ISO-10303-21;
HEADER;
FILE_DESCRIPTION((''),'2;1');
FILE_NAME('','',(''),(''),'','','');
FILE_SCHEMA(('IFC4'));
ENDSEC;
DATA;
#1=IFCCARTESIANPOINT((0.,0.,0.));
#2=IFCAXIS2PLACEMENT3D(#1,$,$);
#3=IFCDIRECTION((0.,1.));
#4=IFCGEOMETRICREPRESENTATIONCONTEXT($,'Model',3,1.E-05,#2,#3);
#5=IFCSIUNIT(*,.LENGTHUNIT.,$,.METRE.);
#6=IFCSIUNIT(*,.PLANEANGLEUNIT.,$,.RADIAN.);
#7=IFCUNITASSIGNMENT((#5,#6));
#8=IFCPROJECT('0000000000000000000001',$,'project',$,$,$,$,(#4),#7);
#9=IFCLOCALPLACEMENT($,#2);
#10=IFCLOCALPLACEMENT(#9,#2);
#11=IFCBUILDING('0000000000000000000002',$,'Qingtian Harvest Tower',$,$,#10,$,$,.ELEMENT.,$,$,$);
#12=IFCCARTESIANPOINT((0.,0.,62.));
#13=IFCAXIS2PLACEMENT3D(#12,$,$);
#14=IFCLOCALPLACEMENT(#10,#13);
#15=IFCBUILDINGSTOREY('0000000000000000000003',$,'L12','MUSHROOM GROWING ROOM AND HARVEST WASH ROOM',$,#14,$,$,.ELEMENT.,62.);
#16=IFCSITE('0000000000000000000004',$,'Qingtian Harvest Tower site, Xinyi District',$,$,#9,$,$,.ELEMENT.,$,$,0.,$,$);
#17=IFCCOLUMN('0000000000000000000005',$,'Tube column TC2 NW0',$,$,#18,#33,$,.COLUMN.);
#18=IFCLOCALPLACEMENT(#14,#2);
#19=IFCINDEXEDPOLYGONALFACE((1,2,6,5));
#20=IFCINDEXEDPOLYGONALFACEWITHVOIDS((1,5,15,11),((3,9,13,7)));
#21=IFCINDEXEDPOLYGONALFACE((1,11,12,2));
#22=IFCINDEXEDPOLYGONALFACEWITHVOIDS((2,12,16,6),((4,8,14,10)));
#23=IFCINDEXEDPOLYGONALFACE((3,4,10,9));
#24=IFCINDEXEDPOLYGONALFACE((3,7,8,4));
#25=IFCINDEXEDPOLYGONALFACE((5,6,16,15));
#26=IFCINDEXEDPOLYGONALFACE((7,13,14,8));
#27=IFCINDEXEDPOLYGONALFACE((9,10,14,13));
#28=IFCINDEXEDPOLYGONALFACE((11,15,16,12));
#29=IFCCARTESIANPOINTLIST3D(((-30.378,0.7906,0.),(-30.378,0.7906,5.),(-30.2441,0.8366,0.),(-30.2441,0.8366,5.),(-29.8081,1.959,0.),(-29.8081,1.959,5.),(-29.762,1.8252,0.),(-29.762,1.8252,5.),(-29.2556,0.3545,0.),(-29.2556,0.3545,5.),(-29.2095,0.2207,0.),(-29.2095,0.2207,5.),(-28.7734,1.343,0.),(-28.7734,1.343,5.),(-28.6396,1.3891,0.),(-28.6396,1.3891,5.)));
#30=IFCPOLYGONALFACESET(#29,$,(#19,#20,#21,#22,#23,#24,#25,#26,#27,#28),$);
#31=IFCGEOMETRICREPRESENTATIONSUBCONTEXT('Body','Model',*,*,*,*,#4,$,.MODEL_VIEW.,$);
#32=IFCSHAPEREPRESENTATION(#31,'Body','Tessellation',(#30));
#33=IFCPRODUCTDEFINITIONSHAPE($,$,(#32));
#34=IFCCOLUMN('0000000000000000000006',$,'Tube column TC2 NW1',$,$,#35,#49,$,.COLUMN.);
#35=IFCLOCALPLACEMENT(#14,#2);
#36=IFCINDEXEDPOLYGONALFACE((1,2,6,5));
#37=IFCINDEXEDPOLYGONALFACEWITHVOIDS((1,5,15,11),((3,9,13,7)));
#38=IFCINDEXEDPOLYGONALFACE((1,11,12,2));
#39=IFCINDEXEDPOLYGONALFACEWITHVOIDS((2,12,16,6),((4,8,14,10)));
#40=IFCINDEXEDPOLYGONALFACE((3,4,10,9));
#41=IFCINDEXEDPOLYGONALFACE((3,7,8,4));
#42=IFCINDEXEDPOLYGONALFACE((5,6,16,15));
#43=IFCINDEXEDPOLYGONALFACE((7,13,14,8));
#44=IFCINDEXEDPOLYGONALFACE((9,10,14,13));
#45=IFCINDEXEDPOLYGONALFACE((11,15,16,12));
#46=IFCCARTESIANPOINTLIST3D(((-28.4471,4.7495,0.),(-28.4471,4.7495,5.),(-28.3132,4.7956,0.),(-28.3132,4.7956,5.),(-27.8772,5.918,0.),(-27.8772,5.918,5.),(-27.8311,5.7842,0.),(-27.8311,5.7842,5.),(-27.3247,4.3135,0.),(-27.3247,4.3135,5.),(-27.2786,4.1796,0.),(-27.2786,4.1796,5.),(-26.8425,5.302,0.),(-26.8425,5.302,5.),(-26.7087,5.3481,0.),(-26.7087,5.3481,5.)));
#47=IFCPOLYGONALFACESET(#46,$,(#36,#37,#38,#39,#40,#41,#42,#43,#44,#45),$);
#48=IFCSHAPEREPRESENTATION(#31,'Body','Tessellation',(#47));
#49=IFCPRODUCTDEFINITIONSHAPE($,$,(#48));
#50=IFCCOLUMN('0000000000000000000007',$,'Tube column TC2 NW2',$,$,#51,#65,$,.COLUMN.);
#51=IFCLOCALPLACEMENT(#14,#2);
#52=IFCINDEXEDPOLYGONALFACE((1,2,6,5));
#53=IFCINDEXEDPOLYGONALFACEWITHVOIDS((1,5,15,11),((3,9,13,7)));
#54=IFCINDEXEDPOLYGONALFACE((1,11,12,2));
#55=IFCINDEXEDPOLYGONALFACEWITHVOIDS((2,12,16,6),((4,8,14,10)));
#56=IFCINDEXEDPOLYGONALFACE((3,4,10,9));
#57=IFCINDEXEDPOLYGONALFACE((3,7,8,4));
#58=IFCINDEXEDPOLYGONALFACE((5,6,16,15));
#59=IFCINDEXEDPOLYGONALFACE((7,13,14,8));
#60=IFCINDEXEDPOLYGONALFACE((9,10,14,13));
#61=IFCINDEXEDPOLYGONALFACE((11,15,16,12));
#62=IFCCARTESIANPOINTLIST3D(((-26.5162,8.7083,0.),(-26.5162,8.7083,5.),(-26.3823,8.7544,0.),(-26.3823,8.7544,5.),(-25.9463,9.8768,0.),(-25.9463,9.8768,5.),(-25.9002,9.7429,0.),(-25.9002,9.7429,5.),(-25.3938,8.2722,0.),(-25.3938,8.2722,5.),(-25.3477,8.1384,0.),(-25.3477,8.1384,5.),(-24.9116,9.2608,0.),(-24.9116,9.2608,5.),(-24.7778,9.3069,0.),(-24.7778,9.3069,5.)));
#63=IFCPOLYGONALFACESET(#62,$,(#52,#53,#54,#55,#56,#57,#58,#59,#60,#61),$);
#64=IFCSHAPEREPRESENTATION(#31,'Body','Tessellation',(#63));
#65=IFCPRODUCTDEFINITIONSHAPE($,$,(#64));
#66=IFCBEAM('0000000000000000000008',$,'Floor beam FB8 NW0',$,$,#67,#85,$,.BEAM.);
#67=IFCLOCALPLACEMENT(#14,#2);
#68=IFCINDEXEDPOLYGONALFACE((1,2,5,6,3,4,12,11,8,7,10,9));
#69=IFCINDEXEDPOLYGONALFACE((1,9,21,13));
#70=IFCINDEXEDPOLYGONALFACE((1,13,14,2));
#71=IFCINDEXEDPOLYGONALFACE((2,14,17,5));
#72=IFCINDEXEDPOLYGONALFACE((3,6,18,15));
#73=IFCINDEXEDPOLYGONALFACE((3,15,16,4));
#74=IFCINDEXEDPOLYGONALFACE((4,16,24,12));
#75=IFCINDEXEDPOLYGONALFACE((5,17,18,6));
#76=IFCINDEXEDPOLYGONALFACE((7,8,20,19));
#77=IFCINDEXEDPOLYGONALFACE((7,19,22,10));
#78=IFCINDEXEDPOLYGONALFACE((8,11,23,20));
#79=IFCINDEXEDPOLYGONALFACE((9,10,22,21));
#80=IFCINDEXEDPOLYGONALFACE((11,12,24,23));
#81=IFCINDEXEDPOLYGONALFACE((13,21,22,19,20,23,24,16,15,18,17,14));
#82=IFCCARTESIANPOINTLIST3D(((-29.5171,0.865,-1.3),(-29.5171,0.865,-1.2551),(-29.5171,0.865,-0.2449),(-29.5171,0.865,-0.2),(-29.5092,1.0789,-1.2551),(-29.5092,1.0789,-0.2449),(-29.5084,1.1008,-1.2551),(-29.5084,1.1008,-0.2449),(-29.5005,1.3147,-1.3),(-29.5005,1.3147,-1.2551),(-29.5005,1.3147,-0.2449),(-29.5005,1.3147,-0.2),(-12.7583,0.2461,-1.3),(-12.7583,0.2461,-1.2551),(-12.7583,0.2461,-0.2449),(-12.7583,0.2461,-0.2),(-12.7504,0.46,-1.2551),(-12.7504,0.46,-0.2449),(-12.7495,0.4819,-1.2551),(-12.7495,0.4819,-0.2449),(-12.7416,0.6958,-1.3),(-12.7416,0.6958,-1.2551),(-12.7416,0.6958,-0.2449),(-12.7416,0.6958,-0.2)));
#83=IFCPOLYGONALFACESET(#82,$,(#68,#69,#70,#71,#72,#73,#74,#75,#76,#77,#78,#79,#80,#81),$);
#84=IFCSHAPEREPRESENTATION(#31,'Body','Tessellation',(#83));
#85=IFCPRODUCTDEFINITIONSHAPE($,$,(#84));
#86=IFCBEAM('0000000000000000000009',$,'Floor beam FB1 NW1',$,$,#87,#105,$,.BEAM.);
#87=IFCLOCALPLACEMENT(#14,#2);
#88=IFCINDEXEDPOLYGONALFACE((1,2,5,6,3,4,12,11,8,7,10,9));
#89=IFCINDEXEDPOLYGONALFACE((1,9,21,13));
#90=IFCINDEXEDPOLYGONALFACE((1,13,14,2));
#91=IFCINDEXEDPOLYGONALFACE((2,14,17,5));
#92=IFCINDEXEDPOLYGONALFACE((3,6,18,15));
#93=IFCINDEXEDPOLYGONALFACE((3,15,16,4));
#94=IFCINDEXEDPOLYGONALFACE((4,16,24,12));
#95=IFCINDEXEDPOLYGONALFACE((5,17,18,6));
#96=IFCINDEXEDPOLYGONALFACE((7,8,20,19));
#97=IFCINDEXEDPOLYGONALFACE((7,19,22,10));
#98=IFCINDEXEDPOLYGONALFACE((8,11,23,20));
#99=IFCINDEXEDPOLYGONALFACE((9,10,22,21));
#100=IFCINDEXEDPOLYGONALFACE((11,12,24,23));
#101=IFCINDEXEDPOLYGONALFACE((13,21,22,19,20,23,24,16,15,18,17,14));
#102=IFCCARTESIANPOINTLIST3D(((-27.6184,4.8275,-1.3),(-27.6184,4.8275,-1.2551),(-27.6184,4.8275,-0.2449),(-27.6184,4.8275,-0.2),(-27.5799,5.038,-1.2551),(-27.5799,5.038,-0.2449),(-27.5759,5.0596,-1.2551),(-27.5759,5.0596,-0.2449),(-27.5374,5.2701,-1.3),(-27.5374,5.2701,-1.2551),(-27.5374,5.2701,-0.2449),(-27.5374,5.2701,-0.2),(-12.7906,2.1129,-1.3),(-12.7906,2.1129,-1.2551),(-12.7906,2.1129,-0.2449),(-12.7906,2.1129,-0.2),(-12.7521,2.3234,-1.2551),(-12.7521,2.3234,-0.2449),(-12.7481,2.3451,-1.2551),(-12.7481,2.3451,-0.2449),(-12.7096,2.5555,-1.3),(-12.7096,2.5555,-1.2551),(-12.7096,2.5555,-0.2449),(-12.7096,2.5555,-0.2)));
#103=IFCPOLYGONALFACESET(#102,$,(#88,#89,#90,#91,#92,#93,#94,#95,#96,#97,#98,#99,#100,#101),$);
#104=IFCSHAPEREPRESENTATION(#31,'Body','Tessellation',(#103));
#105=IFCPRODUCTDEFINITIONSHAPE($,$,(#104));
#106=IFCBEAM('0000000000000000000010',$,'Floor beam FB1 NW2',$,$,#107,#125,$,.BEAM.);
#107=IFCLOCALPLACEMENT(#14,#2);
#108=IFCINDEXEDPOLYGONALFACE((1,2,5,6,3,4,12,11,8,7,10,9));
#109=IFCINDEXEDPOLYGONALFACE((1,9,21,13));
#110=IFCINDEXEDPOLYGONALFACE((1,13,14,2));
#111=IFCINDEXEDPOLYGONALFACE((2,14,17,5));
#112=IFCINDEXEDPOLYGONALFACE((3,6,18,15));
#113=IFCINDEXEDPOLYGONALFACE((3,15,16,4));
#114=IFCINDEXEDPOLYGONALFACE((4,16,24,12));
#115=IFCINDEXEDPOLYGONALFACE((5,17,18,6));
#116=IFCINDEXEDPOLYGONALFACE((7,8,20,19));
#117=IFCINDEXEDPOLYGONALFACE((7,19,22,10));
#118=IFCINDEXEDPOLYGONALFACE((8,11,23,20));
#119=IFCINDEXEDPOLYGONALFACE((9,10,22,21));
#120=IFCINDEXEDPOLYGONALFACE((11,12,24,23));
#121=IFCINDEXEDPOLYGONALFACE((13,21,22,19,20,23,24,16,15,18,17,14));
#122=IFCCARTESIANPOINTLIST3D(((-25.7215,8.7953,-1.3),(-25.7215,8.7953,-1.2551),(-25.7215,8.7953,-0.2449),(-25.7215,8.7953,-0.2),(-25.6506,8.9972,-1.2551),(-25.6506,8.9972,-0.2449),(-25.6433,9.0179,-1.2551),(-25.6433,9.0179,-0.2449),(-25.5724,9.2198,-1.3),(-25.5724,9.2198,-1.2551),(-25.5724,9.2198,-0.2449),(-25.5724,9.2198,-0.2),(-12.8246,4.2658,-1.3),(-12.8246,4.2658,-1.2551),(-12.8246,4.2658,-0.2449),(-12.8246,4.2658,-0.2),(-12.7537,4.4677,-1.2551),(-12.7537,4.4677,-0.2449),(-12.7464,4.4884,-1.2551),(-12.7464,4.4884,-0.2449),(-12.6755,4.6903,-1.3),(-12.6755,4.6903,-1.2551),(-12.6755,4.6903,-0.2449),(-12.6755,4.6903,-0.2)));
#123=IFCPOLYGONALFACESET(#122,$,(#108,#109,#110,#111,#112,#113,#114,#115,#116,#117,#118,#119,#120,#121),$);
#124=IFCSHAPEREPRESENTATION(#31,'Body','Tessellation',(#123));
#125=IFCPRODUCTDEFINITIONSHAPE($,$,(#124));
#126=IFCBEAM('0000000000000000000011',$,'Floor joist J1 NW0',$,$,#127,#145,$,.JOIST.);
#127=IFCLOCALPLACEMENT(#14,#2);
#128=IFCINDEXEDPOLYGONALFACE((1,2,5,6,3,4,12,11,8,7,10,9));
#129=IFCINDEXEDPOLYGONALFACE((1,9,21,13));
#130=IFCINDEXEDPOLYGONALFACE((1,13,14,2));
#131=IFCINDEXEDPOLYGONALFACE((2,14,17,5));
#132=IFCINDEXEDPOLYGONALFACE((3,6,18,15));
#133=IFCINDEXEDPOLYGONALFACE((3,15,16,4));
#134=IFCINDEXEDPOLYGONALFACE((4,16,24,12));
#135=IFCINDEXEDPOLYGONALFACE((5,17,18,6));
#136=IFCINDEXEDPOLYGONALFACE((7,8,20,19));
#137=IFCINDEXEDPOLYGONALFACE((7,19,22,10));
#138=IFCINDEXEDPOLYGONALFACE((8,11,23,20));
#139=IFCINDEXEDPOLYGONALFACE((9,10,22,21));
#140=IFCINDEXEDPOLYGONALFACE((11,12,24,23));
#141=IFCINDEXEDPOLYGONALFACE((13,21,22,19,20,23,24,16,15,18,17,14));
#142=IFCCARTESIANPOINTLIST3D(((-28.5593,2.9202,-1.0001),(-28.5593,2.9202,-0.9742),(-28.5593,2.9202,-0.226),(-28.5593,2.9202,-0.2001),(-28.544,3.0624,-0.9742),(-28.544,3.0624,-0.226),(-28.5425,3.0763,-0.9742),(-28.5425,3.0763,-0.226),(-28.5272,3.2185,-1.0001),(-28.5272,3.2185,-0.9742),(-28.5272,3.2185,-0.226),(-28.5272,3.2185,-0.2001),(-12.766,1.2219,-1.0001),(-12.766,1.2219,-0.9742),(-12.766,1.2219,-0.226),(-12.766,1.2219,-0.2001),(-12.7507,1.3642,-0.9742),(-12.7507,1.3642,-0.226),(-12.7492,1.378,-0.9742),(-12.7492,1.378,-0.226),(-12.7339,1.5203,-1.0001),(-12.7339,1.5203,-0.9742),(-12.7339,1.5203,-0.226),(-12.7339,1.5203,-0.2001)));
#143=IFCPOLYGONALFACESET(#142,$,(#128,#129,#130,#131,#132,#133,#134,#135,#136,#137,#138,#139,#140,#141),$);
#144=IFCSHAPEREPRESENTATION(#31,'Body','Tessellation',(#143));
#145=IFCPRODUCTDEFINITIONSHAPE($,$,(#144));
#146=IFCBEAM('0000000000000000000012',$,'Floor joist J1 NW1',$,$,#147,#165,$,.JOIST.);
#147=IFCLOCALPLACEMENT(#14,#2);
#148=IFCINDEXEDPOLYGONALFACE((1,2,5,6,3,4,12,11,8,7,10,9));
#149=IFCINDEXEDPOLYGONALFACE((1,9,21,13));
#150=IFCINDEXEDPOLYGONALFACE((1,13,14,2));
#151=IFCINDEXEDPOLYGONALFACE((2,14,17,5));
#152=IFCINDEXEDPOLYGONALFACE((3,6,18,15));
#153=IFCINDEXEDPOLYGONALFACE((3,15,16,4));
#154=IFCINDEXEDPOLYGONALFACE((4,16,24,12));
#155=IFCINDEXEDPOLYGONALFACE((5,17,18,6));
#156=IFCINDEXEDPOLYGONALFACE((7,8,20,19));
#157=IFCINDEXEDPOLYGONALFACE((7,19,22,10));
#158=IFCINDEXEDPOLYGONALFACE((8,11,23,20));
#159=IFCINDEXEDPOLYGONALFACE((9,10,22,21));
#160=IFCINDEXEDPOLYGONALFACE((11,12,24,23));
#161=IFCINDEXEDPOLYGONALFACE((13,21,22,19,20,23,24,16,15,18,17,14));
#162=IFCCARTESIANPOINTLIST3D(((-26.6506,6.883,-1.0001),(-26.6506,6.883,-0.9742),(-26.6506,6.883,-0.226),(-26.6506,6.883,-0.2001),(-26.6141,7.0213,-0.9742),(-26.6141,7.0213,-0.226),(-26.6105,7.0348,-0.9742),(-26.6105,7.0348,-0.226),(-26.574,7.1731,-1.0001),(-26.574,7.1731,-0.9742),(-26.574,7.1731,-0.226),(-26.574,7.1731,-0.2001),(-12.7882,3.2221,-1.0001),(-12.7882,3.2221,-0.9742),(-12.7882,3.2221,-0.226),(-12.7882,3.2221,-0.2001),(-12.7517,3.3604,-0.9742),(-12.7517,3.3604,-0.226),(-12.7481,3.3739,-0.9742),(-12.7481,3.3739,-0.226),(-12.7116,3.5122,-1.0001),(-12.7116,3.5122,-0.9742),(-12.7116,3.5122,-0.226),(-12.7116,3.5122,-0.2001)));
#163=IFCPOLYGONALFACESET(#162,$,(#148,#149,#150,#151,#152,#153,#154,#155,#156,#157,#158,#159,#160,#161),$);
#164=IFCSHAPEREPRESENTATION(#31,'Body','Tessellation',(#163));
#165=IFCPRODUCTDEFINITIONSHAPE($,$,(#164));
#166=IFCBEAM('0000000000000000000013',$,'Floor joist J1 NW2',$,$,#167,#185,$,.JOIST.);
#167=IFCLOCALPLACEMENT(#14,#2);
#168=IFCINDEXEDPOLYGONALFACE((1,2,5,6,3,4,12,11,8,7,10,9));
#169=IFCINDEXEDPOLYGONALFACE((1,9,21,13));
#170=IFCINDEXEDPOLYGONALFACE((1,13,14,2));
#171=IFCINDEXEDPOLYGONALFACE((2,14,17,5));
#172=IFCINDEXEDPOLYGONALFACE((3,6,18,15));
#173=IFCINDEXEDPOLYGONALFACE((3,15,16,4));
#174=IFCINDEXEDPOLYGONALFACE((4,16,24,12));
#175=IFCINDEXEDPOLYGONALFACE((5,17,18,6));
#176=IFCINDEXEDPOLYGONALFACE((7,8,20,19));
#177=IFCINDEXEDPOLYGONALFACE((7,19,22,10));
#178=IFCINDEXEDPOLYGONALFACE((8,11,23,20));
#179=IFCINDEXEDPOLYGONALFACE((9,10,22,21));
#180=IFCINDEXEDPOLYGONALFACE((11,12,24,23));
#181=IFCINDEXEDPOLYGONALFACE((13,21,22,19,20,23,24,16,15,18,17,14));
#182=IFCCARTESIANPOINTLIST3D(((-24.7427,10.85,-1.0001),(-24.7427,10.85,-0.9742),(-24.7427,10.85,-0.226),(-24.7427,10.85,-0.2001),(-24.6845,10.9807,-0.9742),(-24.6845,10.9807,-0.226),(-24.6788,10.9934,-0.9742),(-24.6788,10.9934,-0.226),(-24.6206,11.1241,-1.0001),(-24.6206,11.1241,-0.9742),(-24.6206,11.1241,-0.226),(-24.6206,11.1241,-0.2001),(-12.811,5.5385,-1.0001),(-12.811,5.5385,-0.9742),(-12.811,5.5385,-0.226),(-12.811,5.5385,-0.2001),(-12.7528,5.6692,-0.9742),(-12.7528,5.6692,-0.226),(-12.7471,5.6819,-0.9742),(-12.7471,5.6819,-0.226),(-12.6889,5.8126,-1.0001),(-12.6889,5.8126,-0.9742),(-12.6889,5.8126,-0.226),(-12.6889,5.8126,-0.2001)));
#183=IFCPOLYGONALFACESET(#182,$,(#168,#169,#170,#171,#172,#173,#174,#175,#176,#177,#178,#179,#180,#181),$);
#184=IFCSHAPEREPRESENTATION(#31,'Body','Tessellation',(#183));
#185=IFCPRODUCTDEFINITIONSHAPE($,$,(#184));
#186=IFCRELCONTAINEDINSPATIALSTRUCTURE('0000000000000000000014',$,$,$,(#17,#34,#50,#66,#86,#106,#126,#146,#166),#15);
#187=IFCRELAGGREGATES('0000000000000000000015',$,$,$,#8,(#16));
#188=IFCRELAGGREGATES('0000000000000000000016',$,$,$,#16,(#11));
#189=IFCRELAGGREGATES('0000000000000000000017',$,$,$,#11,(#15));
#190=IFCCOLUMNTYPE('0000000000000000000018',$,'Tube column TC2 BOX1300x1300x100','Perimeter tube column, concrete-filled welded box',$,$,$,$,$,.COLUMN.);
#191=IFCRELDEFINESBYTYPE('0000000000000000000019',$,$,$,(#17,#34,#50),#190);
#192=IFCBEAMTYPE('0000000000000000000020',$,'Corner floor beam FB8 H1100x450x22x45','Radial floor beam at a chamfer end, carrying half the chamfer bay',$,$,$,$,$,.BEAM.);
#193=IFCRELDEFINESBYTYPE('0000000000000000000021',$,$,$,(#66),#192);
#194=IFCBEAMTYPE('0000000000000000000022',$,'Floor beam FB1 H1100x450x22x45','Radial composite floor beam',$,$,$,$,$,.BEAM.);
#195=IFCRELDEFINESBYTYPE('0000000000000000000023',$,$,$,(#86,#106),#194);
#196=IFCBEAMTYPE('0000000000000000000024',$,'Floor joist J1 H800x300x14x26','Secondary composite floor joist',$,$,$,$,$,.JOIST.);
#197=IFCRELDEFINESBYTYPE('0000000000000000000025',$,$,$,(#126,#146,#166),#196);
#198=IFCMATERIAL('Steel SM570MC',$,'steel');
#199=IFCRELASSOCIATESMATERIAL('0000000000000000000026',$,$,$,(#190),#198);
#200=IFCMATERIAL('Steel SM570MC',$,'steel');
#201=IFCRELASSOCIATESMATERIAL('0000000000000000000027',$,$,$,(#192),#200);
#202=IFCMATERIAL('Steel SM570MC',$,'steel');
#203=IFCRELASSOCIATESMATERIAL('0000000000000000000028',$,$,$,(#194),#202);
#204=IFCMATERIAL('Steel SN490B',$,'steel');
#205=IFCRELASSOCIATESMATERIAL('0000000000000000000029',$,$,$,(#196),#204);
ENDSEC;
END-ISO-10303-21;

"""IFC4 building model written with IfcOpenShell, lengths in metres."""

from ifc_helpers import new_model, si_unit, direction, frame, origin, origin_2d, place, context, subcontext, project, spatial, hollow_rectangle, i_section, extrude, material, material_profile, profile_set, type_object, element, save


model = new_model("IFC4")

# Units and contexts
model_context = context("Model", 3, precision=1e-05, world=origin(), true_north=direction((0.0, 1.0)))
body_context = subcontext(model_context, "Body", "Model", "MODEL_VIEW")
ifc_project = project(units=[si_unit("LENGTHUNIT", "METRE"), si_unit("PLANEANGLEUNIT", "RADIAN")], contexts=[model_context])

# Site, building, storey
site_placement = place(None, origin())
site = spatial("IfcSite", under=ifc_project, at=site_placement, Name="Qingtian Harvest Tower site, Xinyi District", CompositionType="ELEMENT", RefElevation=0.0)
building_placement = place(site_placement, origin())
building = spatial("IfcBuilding", under=site, at=building_placement, Name="Qingtian Harvest Tower", CompositionType="ELEMENT")
storey_placement = place(building_placement, frame((0.0, 0.0, 62.0)))
storey = spatial("IfcBuildingStorey", under=building, at=storey_placement, Name="L12", Description="MUSHROOM GROWING ROOM AND HARVEST WASH ROOM", CompositionType="ELEMENT", Elevation=62.0)

# Columns
ifc_material_1 = material(Name="Steel SM570MC", Category="steel")
ifc_material_profile_1 = material_profile(ifc_material_1, hollow_rectangle(XDim=1.3, YDim=1.3, WallThickness=0.1001, at=origin_2d()), Name="BOX1300x1300x100")
ifc_profile_set_1 = profile_set([ifc_material_profile_1], Name="Steel SM570MC")
column_type = type_object("IfcColumnType", Name="Tube column TC2 BOX1300x1300x100", Description="Perimeter tube column, concrete-filled welded box", PredefinedType="COLUMN", material=ifc_profile_set_1)
for number, where, z_axis, x_axis, name in (
    (1, (-29.5088, 1.0898, 0.0), (0.0, 0.0, 1.0), (-0.438371, -0.898794, 0.0), "Tube column TC2 NW0"),
    (2, (-27.5779, 5.0488, 0.0), (0.0, 0.0, 1.0), (-0.438371, -0.898794, 0.0), "Tube column TC2 NW1"),
    (3, (-25.647, 9.0076, 0.0), (0.0, 0.0, 1.0), (-0.438371, -0.898794, 0.0), "Tube column TC2 NW2"),
):
    element("IfcColumn", number, at=place(storey_placement, frame(where, z_axis=z_axis, x_axis=x_axis)), inside=storey, type_object=column_type, Name=name, PredefinedType="COLUMN", context=body_context, shape_type="SweptSolid", body=[
        extrude(hollow_rectangle(XDim=1.3, YDim=1.3, WallThickness=0.1001, at=origin_2d()), origin(), (0.0, 0.0, 1.0), 5.0),
    ])

# Beams
ifc_material_2 = material(Name="Steel SM570MC", Category="steel")
ifc_material_profile_2 = material_profile(ifc_material_2, i_section(OverallWidth=0.45, OverallDepth=1.1001, WebThickness=0.022, FlangeThickness=0.0449, at=origin_2d()), Name="H1100x450x22x45")
ifc_profile_set_2 = profile_set([ifc_material_profile_2], Name="Steel SM570MC")
beam_type_1 = type_object("IfcBeamType", Name="Corner floor beam FB8 H1100x450x22x45", Description="Radial floor beam at a chamfer end, carrying half the chamfer bay", PredefinedType="BEAM", material=ifc_profile_set_2)
beam_1_placement = place(storey_placement, frame((-29.5088, 1.0898, -0.75), z_axis=(0.999319, -0.036905, 0.0), x_axis=(0.036905, 0.999319, 0.0)))
element("IfcBeam", 4, at=beam_1_placement, inside=storey, type_object=beam_type_1, Name="Floor beam FB8 NW0", PredefinedType="BEAM", context=body_context, shape_type="SweptSolid", body=[
    extrude(i_section(OverallWidth=0.45, OverallDepth=1.1001, WebThickness=0.022, FlangeThickness=0.0449, at=origin_2d()), origin(), (0.0, 0.0, 1.0), 16.7703),
])
ifc_material_3 = material(Name="Steel SM570MC", Category="steel")
ifc_material_profile_3 = material_profile(ifc_material_3, i_section(OverallWidth=0.45, OverallDepth=1.1001, WebThickness=0.022, FlangeThickness=0.0449, at=origin_2d()), Name="H1100x450x22x45")
ifc_profile_set_3 = profile_set([ifc_material_profile_3], Name="Steel SM570MC")
beam_type_2 = type_object("IfcBeamType", Name="Floor beam FB1 H1100x450x22x45", Description="Radial composite floor beam", PredefinedType="BEAM", material=ifc_profile_set_3)
beam_2_placement = place(storey_placement, frame((-27.5779, 5.0488, -0.75), z_axis=(0.983652, -0.180081, 0.0), x_axis=(0.180081, 0.983652, 0.0)))
element("IfcBeam", 5, at=beam_2_placement, inside=storey, type_object=beam_type_2, Name="Floor beam FB1 NW1", PredefinedType="BEAM", context=body_context, shape_type="SweptSolid", body=[
    extrude(i_section(OverallWidth=0.45, OverallDepth=1.1001, WebThickness=0.022, FlangeThickness=0.0449, at=origin_2d()), origin(), (0.0, 0.0, 1.0), 15.0742),
])
beam_3_placement = place(storey_placement, frame((-25.647, 9.0076, -0.75), z_axis=(0.943502, -0.331367, 0.0), x_axis=(0.331367, 0.943502, 0.0)))
element("IfcBeam", 6, at=beam_3_placement, inside=storey, type_object=beam_type_2, Name="Floor beam FB1 NW2", PredefinedType="BEAM", context=body_context, shape_type="SweptSolid", body=[
    extrude(i_section(OverallWidth=0.45, OverallDepth=1.1001, WebThickness=0.022, FlangeThickness=0.0449, at=origin_2d()), origin(), (0.0, 0.0, 1.0), 13.6692),
])
ifc_material_4 = material(Name="Steel SN490B", Category="steel")
ifc_material_profile_4 = material_profile(ifc_material_4, i_section(OverallWidth=0.3, OverallDepth=0.8, WebThickness=0.0139, FlangeThickness=0.0259, at=origin_2d()), Name="H800x300x14x26")
ifc_profile_set_4 = profile_set([ifc_material_profile_4], Name="Steel SN490B")
beam_type_3 = type_object("IfcBeamType", Name="Floor joist J1 H800x300x14x26", Description="Secondary composite floor joist", PredefinedType="JOIST", material=ifc_profile_set_4)
beam_4_placement = place(storey_placement, frame((-28.5432, 3.0693, -0.6001), z_axis=(0.994268, -0.106914, 0.0), x_axis=(0.106914, 0.994268, 0.0)))
element("IfcBeam", 7, at=beam_4_placement, inside=storey, type_object=beam_type_3, Name="Floor joist J1 NW0", PredefinedType="JOIST", context=body_context, shape_type="SweptSolid", body=[
    extrude(i_section(OverallWidth=0.3, OverallDepth=0.8, WebThickness=0.0139, FlangeThickness=0.0259, at=origin_2d()), origin(), (0.0, 0.0, 1.0), 15.8843),
])
beam_5_placement = place(storey_placement, frame((-26.6123, 7.0281, -0.6001), z_axis=(0.966852, -0.255336, 0.0), x_axis=(0.255336, 0.966852, 0.0)))
element("IfcBeam", 8, at=beam_5_placement, inside=storey, type_object=beam_type_3, Name="Floor joist J1 NW1", PredefinedType="JOIST", context=body_context, shape_type="SweptSolid", body=[
    extrude(i_section(OverallWidth=0.3, OverallDepth=0.8, WebThickness=0.0139, FlangeThickness=0.0259, at=origin_2d()), origin(), (0.0, 0.0, 1.0), 14.3376),
])
beam_6_placement = place(storey_placement, frame((-24.6816, 10.9871, -0.6001), z_axis=(0.913568, -0.406686, 0.0), x_axis=(0.406686, 0.913568, 0.0)))
element("IfcBeam", 9, at=beam_6_placement, inside=storey, type_object=beam_type_3, Name="Floor joist J1 NW2", PredefinedType="JOIST", context=body_context, shape_type="SweptSolid", body=[
    extrude(i_section(OverallWidth=0.3, OverallDepth=0.8, WebThickness=0.0139, FlangeThickness=0.0259, at=origin_2d()), origin(), (0.0, 0.0, 1.0), 13.0605),
])

save(model, "model.ifc")
